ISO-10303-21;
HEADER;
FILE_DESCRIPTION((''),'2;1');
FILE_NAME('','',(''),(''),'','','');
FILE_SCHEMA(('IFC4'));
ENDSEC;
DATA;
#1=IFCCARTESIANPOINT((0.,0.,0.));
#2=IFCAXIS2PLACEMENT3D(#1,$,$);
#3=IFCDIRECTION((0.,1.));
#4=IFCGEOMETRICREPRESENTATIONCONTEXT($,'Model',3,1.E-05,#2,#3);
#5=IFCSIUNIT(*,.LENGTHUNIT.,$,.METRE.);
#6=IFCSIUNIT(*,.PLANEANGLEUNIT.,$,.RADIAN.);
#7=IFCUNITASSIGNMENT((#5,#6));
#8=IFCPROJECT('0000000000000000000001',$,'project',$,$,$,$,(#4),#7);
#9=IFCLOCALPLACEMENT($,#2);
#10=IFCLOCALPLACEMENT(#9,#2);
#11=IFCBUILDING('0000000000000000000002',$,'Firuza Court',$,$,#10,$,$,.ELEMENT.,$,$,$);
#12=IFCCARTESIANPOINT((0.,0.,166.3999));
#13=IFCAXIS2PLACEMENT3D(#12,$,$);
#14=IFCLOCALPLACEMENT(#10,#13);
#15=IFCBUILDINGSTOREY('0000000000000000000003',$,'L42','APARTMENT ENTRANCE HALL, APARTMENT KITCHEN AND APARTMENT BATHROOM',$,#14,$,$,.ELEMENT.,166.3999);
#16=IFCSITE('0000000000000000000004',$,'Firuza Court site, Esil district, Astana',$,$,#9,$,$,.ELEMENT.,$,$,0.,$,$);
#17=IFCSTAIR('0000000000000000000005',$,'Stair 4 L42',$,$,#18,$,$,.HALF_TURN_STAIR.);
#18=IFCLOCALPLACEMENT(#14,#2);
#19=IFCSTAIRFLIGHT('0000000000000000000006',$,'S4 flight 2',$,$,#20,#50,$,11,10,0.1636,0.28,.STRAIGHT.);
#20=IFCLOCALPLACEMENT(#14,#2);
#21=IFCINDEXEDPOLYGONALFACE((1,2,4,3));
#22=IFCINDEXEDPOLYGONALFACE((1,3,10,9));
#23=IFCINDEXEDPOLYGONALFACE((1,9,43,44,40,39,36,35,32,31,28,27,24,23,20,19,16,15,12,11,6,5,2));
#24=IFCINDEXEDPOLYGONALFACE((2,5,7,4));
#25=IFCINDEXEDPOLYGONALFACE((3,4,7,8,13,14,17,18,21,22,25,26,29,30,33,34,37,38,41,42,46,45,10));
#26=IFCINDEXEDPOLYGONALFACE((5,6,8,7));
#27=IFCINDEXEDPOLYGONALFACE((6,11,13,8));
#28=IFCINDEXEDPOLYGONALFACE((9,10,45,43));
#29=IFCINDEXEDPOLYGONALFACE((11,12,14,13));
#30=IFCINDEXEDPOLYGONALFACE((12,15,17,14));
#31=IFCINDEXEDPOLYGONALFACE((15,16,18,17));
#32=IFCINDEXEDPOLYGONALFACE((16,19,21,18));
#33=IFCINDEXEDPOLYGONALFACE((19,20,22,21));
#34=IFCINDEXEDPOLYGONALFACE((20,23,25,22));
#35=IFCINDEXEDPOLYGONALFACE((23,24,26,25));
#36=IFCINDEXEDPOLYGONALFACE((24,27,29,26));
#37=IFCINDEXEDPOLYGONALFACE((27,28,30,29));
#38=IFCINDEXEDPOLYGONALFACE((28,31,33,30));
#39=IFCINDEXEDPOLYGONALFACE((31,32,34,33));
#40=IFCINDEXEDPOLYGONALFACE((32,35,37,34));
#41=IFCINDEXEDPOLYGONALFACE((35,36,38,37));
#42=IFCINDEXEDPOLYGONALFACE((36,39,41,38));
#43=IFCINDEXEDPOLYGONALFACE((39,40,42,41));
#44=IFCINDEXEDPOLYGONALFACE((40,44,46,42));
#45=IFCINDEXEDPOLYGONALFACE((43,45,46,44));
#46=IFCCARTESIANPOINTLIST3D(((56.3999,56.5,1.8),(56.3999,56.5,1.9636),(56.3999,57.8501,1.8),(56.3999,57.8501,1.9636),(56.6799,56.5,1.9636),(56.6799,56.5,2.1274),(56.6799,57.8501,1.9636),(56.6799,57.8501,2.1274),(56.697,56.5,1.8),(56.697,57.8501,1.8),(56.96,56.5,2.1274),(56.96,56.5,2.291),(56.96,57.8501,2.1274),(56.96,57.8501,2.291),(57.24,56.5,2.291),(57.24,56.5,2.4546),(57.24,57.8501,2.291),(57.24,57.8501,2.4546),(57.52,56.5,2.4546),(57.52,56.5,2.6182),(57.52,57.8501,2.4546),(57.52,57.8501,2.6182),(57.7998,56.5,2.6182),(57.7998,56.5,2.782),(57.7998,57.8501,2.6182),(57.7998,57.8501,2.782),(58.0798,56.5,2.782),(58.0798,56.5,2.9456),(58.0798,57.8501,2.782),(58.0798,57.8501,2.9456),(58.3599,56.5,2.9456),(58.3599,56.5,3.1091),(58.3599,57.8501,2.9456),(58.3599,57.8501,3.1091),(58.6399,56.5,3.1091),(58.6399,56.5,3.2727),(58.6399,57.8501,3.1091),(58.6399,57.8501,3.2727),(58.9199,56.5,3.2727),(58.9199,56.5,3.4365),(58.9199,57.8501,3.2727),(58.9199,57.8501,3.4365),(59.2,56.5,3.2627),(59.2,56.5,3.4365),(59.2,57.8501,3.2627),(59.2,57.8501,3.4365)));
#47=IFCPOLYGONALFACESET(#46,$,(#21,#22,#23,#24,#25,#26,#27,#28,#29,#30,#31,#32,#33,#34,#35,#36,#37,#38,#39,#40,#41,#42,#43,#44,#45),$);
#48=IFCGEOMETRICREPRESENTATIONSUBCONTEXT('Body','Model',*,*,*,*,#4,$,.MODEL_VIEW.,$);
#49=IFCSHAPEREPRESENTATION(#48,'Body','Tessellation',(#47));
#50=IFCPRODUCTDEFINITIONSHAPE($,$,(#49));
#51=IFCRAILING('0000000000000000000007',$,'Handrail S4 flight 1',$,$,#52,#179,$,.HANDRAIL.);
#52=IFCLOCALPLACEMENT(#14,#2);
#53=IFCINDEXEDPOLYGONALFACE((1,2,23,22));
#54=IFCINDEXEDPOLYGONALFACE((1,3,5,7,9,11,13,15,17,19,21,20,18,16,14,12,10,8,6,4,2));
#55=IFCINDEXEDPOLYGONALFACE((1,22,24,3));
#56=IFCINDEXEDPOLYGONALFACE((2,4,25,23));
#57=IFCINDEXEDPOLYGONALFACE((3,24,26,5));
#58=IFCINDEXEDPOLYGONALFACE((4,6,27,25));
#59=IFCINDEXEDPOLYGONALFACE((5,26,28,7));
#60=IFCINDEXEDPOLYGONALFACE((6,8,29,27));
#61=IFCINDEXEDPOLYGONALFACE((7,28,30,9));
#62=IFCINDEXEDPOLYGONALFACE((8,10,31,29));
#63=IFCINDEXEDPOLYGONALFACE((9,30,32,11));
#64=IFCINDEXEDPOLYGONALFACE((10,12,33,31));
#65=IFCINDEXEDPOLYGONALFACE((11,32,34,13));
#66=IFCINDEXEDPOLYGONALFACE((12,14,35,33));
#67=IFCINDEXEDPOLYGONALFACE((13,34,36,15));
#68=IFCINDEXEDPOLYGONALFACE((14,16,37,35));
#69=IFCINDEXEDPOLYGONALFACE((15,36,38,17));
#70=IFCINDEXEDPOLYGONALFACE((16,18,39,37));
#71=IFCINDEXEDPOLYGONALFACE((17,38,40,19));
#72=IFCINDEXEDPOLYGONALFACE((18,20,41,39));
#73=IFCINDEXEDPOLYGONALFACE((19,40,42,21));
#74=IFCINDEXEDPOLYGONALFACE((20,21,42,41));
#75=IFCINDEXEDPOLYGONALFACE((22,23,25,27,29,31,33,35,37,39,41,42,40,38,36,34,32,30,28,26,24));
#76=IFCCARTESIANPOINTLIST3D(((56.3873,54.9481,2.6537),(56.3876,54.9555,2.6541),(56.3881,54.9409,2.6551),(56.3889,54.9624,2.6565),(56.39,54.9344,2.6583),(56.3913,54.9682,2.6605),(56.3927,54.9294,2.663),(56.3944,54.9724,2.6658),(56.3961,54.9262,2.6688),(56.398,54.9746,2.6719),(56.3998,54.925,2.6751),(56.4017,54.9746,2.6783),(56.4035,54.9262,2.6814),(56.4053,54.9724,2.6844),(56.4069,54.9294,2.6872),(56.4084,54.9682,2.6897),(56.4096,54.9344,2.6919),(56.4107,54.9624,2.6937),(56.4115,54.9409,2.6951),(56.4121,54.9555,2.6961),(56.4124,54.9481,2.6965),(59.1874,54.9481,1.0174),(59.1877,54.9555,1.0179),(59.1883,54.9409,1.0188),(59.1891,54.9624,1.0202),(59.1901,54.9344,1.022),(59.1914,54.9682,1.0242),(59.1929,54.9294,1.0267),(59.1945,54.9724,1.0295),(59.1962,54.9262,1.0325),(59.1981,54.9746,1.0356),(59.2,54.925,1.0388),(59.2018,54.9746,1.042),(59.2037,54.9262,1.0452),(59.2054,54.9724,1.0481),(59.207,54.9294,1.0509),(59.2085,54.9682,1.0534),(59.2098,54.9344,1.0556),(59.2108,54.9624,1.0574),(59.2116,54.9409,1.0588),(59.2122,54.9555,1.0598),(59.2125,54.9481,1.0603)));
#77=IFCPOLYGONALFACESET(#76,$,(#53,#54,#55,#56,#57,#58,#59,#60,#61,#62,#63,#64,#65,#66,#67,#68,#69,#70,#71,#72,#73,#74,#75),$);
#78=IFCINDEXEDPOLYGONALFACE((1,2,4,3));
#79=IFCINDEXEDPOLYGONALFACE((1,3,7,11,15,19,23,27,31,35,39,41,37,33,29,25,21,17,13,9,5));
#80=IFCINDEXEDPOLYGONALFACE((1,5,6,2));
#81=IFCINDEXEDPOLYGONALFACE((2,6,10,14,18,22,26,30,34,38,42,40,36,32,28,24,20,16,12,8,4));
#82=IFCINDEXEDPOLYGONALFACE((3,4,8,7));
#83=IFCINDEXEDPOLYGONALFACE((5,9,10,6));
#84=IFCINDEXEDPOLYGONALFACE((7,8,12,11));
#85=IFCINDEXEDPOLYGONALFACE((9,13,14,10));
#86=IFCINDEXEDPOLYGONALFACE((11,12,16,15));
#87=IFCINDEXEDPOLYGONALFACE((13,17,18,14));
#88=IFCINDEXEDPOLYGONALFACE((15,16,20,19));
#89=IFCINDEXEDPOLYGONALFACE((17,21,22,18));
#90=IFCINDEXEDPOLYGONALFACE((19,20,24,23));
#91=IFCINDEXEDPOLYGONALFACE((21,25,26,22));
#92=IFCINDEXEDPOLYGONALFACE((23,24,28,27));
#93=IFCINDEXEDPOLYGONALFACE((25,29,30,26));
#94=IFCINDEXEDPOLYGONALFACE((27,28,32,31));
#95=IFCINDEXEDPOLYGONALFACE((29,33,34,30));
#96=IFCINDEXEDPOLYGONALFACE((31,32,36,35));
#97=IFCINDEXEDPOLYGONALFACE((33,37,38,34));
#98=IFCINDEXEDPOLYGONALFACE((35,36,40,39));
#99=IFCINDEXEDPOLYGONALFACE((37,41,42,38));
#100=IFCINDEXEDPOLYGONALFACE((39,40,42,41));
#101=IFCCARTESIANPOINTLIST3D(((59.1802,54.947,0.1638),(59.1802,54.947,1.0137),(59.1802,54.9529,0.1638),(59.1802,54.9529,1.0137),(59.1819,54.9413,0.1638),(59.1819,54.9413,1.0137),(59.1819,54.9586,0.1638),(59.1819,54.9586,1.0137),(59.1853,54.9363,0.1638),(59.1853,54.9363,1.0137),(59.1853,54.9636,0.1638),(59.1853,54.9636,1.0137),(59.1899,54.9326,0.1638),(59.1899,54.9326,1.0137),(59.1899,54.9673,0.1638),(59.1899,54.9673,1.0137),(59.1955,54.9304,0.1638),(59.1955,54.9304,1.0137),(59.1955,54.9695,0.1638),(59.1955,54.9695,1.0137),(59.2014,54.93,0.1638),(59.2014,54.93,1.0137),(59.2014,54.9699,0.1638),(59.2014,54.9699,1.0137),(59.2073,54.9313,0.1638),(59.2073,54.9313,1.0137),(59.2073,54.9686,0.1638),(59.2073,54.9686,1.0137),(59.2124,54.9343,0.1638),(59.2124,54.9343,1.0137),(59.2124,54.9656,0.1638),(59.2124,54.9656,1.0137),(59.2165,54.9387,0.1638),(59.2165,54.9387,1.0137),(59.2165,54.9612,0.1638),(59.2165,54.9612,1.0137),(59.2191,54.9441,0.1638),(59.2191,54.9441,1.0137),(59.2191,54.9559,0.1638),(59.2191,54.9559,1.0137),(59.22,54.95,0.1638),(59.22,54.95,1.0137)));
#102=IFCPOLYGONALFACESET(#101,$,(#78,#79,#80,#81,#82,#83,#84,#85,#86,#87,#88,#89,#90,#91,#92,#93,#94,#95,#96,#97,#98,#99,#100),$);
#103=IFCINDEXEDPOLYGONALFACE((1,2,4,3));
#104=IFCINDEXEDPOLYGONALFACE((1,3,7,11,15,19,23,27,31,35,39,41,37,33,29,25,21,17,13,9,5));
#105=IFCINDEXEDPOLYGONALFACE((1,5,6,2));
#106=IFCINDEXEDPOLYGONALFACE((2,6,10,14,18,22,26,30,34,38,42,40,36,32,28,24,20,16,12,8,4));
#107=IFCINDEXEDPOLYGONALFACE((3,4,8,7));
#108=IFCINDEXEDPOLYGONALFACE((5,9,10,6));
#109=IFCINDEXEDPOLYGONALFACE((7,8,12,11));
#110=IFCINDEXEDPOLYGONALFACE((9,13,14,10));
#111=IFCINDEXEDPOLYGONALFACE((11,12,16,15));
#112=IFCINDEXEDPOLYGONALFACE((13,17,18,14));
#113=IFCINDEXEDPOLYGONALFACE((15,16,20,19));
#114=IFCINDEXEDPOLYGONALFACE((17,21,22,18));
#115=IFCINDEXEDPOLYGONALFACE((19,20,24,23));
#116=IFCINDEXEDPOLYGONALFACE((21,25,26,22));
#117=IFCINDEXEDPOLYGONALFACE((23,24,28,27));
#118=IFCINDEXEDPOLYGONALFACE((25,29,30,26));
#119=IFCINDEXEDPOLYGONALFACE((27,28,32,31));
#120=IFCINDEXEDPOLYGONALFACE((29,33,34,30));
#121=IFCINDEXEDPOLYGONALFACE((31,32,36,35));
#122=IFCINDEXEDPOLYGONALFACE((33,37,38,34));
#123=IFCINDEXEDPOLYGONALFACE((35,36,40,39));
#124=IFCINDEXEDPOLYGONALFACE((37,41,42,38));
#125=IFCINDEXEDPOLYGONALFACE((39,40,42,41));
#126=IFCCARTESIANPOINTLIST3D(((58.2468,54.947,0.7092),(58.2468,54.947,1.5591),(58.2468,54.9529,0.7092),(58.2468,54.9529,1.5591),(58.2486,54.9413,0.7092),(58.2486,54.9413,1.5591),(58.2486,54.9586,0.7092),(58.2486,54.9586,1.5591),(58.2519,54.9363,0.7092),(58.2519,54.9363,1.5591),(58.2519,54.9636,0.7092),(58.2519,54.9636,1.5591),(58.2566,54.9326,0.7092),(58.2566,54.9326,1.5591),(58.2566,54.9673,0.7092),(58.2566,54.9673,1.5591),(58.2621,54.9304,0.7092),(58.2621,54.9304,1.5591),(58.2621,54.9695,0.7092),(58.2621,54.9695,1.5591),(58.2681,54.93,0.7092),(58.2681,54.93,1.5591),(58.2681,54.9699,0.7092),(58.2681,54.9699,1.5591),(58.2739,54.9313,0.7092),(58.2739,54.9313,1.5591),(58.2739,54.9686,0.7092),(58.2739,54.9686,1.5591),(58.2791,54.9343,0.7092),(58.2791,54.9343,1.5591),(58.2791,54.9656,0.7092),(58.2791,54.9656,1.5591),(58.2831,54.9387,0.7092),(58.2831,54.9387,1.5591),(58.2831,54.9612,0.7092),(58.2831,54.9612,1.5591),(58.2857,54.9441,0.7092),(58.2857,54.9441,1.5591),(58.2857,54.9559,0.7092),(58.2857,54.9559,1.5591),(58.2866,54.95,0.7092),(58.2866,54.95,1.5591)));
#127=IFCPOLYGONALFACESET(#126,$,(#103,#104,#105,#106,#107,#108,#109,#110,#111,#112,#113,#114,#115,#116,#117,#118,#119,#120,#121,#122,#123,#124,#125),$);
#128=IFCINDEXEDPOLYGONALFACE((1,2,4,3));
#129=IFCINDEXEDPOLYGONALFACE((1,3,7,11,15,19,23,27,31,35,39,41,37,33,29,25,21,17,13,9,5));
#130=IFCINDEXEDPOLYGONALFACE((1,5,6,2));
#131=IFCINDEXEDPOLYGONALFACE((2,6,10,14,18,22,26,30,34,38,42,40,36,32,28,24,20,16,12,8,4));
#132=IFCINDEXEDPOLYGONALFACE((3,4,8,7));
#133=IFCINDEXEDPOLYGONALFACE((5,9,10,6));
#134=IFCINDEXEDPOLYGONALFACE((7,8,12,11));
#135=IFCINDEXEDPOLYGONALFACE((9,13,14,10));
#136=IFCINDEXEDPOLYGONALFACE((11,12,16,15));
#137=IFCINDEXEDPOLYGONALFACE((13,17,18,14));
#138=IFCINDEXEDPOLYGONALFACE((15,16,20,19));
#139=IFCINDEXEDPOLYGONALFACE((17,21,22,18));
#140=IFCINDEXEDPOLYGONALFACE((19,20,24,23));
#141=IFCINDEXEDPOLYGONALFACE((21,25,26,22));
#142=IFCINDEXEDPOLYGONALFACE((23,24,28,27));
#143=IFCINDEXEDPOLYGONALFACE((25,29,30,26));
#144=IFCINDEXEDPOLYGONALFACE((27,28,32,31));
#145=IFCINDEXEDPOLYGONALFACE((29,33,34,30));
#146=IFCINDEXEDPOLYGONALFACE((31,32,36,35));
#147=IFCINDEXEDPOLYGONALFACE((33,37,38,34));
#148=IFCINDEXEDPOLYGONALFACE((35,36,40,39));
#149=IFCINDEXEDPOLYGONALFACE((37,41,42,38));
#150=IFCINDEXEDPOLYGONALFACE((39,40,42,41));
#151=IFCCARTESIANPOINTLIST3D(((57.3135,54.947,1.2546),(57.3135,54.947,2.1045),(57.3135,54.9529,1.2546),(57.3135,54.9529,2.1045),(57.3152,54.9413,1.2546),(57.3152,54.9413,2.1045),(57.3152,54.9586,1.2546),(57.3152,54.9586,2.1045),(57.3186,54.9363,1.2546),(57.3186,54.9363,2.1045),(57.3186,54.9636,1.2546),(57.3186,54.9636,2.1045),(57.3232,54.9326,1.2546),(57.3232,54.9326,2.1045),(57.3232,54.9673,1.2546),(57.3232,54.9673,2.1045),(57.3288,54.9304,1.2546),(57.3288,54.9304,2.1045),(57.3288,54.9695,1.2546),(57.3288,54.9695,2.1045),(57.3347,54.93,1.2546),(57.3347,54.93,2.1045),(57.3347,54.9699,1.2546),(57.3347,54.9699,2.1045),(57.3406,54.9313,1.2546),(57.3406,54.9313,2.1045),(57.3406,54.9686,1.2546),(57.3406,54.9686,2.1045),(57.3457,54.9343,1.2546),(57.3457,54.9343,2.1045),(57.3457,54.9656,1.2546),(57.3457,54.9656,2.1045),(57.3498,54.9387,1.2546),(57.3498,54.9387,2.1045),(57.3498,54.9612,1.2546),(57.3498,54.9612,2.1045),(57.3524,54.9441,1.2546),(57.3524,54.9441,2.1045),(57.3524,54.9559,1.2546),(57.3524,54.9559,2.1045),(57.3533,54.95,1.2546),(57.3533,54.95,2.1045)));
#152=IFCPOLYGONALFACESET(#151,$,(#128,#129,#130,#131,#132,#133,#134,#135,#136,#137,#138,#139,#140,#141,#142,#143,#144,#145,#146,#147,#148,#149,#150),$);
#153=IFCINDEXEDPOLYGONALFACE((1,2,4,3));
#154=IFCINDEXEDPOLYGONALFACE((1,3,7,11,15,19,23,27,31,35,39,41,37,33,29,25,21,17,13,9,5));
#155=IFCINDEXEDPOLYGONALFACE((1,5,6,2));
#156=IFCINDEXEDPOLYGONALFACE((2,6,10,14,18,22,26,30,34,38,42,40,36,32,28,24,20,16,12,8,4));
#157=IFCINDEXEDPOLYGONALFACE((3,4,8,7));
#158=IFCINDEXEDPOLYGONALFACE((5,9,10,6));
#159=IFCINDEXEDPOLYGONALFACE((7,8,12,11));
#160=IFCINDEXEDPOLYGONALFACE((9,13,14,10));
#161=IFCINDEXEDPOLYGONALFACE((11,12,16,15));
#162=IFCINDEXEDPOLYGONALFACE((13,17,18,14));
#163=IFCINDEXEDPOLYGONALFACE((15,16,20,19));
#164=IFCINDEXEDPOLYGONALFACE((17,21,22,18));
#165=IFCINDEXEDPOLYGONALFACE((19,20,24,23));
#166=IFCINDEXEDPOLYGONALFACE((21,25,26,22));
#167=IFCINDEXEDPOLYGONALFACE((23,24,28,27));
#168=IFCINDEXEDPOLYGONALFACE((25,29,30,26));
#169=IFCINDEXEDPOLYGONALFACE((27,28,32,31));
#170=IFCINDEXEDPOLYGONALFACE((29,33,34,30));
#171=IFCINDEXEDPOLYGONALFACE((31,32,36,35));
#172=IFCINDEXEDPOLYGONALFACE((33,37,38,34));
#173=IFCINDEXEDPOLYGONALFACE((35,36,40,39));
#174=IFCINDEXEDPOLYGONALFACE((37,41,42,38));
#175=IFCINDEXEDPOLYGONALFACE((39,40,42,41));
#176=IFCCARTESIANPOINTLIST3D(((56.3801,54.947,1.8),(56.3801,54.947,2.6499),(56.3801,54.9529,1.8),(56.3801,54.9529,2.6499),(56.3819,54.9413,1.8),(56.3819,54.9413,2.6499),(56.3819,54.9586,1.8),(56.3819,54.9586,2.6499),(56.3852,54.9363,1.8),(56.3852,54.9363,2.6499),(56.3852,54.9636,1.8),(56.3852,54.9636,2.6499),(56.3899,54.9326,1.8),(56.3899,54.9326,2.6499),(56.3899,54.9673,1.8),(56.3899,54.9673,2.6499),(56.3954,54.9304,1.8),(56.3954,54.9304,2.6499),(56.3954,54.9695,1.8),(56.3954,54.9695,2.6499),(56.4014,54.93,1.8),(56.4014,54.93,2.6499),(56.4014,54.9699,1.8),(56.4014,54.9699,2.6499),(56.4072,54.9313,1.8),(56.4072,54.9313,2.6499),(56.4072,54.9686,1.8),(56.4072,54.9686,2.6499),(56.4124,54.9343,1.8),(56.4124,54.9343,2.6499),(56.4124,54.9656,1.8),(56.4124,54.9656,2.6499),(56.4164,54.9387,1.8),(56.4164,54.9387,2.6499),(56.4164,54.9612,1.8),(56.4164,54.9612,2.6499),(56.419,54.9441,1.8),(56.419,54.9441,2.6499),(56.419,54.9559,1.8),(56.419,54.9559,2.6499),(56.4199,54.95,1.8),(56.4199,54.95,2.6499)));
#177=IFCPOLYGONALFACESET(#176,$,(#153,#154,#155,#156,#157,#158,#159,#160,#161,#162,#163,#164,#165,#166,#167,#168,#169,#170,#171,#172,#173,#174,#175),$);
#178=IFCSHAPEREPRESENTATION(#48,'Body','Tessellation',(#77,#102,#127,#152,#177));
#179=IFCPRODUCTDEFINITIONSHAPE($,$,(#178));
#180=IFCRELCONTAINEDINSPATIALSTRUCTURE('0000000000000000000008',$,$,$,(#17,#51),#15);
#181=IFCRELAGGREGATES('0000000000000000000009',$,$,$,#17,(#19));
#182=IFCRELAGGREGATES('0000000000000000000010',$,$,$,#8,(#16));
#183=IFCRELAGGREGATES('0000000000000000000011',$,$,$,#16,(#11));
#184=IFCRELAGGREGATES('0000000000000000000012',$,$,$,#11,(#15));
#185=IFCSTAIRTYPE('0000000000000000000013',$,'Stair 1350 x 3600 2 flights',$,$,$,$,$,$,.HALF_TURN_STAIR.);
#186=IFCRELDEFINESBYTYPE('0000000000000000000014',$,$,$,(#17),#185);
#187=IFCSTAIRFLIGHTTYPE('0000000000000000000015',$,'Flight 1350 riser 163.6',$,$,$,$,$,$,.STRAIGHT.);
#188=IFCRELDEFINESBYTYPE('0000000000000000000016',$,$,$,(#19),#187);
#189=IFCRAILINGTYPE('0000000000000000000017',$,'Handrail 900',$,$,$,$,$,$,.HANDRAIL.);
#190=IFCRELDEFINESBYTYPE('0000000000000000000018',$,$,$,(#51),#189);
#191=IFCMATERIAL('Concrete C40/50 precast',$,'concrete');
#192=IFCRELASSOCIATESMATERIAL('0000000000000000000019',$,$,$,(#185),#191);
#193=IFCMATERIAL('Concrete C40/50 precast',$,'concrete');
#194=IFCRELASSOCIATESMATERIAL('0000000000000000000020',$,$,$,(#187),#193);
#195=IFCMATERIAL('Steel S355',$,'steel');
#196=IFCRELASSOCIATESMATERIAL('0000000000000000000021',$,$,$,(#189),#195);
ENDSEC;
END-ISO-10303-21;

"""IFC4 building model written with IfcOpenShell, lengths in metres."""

from ifc_helpers import new_model, si_unit, direction, frame, origin, origin_2d, place, context, subcontext, project, spatial, polyline, circle, outline, extrude, material, type_object, element, aggregate, save


model = new_model("IFC4")

# Units and contexts
model_context = context("Model", 3, precision=1e-05, world=origin(), true_north=direction((0.0, 1.0)))
body_context = subcontext(model_context, "Body", "Model", "MODEL_VIEW")
ifc_project = project(units=[si_unit("LENGTHUNIT", "METRE"), si_unit("PLANEANGLEUNIT", "RADIAN")], contexts=[model_context])

# Site, building, storey
site_placement = place(None, origin())
site = spatial("IfcSite", under=ifc_project, at=site_placement, Name="Firuza Court site, Esil district, Astana", CompositionType="ELEMENT", RefElevation=0.0)
building_placement = place(site_placement, origin())
building = spatial("IfcBuilding", under=site, at=building_placement, Name="Firuza Court", CompositionType="ELEMENT")
storey_placement = place(building_placement, frame((0.0, 0.0, 166.3999)))
storey = spatial("IfcBuildingStorey", under=building, at=storey_placement, Name="L42", Description="APARTMENT ENTRANCE HALL, APARTMENT KITCHEN AND APARTMENT BATHROOM", CompositionType="ELEMENT", Elevation=166.3999)

# Stair, stair flight
ifc_material_1 = material(Name="Concrete C40/50 precast", Category="concrete")
stair_type = type_object("IfcStairType", Name="Stair 1350 x 3600 2 flights", PredefinedType="HALF_TURN_STAIR", material=ifc_material_1)
stair_placement = place(storey_placement, origin())
stair = element("IfcStair", 1, at=stair_placement, inside=storey, type_object=stair_type, Name="Stair 4 L42", PredefinedType="HALF_TURN_STAIR")
ifc_material_2 = material(Name="Concrete C40/50 precast", Category="concrete")
stair_flight_type = type_object("IfcStairFlightType", Name="Flight 1350 riser 163.6", PredefinedType="STRAIGHT", material=ifc_material_2)
stair_flight_1_placement = place(storey_placement, frame((56.3999, 57.175, 1.8), z_axis=(0.0, 0.0, 1.0), x_axis=(1.0, 0.0, 0.0)))
stair_flight_1 = element("IfcStairFlight", 2, at=stair_flight_1_placement, type_object=stair_flight_type, Name="S4 flight 2", NumberOfRisers=11, NumberOfTreads=10, PredefinedType="STRAIGHT", RiserHeight=0.1636, TreadLength=0.28, context=body_context, shape_type="SweptSolid", body=[
    extrude(outline(polyline([(0.0, 0.0), (0.0, 0.1636), (0.28, 0.1636), (0.28, 0.3274), (0.5601, 0.3274), (0.5601, 0.491), (0.8401, 0.491), (0.8401, 0.6545), (1.1201, 0.6545), (1.1201, 0.8181), (1.3999, 0.8181), (1.3999, 0.9819), (1.6799, 0.9819), (1.6799, 1.1455), (1.96, 1.1455), (1.96, 1.3091), (2.24, 1.3091), (2.24, 1.4727), (2.52, 1.4727), (2.52, 1.6365), (2.8, 1.6365), (2.8, 1.8), (2.8, 1.4626), (0.2971, 0.0), (0.0, 0.0)])), frame((0.0, 0.675, 0.0), z_axis=(0.0, -1.0, 0.0), x_axis=(1.0, 0.0, 0.0)), (0.0, 0.0, 1.0), 1.3501),
])
aggregate(stair, [stair_flight_1])

# Railing
ifc_material_3 = material(Name="Steel S355", Category="steel")
railing_type_1 = type_object("IfcRailingType", Name="Handrail 900", PredefinedType="HANDRAIL", material=ifc_material_3)
railing_1_placement = place(storey_placement, frame((59.2, 54.95, 0.1638)))
element("IfcRailing", 3, at=railing_1_placement, inside=storey, type_object=railing_type_1, Name="Handrail S4 flight 1", PredefinedType="HANDRAIL", context=body_context, shape_type="SweptSolid", body=[
    extrude(circle(Radius=0.0249, at=origin_2d()), frame((0.0, 0.0, 0.875), z_axis=(-0.863394, 0.0, 0.504531), x_axis=(0.0, -1.0, 0.0)), (0.0, 0.0, 1.0), 3.2432),
    extrude(circle(Radius=0.02, at=origin_2d()), origin(), (0.0, 0.0, 1.0), 0.8499),
    extrude(circle(Radius=0.02, at=origin_2d()), frame((-0.9333, 0.0, 0.5454)), (0.0, 0.0, 1.0), 0.8499),
    extrude(circle(Radius=0.02, at=origin_2d()), frame((-1.8667, 0.0, 1.0908)), (0.0, 0.0, 1.0), 0.8499),
    extrude(circle(Radius=0.02, at=origin_2d()), frame((-2.8, 0.0, 1.6362)), (0.0, 0.0, 1.0), 0.8499),
])

save(model, "model.ifc")
